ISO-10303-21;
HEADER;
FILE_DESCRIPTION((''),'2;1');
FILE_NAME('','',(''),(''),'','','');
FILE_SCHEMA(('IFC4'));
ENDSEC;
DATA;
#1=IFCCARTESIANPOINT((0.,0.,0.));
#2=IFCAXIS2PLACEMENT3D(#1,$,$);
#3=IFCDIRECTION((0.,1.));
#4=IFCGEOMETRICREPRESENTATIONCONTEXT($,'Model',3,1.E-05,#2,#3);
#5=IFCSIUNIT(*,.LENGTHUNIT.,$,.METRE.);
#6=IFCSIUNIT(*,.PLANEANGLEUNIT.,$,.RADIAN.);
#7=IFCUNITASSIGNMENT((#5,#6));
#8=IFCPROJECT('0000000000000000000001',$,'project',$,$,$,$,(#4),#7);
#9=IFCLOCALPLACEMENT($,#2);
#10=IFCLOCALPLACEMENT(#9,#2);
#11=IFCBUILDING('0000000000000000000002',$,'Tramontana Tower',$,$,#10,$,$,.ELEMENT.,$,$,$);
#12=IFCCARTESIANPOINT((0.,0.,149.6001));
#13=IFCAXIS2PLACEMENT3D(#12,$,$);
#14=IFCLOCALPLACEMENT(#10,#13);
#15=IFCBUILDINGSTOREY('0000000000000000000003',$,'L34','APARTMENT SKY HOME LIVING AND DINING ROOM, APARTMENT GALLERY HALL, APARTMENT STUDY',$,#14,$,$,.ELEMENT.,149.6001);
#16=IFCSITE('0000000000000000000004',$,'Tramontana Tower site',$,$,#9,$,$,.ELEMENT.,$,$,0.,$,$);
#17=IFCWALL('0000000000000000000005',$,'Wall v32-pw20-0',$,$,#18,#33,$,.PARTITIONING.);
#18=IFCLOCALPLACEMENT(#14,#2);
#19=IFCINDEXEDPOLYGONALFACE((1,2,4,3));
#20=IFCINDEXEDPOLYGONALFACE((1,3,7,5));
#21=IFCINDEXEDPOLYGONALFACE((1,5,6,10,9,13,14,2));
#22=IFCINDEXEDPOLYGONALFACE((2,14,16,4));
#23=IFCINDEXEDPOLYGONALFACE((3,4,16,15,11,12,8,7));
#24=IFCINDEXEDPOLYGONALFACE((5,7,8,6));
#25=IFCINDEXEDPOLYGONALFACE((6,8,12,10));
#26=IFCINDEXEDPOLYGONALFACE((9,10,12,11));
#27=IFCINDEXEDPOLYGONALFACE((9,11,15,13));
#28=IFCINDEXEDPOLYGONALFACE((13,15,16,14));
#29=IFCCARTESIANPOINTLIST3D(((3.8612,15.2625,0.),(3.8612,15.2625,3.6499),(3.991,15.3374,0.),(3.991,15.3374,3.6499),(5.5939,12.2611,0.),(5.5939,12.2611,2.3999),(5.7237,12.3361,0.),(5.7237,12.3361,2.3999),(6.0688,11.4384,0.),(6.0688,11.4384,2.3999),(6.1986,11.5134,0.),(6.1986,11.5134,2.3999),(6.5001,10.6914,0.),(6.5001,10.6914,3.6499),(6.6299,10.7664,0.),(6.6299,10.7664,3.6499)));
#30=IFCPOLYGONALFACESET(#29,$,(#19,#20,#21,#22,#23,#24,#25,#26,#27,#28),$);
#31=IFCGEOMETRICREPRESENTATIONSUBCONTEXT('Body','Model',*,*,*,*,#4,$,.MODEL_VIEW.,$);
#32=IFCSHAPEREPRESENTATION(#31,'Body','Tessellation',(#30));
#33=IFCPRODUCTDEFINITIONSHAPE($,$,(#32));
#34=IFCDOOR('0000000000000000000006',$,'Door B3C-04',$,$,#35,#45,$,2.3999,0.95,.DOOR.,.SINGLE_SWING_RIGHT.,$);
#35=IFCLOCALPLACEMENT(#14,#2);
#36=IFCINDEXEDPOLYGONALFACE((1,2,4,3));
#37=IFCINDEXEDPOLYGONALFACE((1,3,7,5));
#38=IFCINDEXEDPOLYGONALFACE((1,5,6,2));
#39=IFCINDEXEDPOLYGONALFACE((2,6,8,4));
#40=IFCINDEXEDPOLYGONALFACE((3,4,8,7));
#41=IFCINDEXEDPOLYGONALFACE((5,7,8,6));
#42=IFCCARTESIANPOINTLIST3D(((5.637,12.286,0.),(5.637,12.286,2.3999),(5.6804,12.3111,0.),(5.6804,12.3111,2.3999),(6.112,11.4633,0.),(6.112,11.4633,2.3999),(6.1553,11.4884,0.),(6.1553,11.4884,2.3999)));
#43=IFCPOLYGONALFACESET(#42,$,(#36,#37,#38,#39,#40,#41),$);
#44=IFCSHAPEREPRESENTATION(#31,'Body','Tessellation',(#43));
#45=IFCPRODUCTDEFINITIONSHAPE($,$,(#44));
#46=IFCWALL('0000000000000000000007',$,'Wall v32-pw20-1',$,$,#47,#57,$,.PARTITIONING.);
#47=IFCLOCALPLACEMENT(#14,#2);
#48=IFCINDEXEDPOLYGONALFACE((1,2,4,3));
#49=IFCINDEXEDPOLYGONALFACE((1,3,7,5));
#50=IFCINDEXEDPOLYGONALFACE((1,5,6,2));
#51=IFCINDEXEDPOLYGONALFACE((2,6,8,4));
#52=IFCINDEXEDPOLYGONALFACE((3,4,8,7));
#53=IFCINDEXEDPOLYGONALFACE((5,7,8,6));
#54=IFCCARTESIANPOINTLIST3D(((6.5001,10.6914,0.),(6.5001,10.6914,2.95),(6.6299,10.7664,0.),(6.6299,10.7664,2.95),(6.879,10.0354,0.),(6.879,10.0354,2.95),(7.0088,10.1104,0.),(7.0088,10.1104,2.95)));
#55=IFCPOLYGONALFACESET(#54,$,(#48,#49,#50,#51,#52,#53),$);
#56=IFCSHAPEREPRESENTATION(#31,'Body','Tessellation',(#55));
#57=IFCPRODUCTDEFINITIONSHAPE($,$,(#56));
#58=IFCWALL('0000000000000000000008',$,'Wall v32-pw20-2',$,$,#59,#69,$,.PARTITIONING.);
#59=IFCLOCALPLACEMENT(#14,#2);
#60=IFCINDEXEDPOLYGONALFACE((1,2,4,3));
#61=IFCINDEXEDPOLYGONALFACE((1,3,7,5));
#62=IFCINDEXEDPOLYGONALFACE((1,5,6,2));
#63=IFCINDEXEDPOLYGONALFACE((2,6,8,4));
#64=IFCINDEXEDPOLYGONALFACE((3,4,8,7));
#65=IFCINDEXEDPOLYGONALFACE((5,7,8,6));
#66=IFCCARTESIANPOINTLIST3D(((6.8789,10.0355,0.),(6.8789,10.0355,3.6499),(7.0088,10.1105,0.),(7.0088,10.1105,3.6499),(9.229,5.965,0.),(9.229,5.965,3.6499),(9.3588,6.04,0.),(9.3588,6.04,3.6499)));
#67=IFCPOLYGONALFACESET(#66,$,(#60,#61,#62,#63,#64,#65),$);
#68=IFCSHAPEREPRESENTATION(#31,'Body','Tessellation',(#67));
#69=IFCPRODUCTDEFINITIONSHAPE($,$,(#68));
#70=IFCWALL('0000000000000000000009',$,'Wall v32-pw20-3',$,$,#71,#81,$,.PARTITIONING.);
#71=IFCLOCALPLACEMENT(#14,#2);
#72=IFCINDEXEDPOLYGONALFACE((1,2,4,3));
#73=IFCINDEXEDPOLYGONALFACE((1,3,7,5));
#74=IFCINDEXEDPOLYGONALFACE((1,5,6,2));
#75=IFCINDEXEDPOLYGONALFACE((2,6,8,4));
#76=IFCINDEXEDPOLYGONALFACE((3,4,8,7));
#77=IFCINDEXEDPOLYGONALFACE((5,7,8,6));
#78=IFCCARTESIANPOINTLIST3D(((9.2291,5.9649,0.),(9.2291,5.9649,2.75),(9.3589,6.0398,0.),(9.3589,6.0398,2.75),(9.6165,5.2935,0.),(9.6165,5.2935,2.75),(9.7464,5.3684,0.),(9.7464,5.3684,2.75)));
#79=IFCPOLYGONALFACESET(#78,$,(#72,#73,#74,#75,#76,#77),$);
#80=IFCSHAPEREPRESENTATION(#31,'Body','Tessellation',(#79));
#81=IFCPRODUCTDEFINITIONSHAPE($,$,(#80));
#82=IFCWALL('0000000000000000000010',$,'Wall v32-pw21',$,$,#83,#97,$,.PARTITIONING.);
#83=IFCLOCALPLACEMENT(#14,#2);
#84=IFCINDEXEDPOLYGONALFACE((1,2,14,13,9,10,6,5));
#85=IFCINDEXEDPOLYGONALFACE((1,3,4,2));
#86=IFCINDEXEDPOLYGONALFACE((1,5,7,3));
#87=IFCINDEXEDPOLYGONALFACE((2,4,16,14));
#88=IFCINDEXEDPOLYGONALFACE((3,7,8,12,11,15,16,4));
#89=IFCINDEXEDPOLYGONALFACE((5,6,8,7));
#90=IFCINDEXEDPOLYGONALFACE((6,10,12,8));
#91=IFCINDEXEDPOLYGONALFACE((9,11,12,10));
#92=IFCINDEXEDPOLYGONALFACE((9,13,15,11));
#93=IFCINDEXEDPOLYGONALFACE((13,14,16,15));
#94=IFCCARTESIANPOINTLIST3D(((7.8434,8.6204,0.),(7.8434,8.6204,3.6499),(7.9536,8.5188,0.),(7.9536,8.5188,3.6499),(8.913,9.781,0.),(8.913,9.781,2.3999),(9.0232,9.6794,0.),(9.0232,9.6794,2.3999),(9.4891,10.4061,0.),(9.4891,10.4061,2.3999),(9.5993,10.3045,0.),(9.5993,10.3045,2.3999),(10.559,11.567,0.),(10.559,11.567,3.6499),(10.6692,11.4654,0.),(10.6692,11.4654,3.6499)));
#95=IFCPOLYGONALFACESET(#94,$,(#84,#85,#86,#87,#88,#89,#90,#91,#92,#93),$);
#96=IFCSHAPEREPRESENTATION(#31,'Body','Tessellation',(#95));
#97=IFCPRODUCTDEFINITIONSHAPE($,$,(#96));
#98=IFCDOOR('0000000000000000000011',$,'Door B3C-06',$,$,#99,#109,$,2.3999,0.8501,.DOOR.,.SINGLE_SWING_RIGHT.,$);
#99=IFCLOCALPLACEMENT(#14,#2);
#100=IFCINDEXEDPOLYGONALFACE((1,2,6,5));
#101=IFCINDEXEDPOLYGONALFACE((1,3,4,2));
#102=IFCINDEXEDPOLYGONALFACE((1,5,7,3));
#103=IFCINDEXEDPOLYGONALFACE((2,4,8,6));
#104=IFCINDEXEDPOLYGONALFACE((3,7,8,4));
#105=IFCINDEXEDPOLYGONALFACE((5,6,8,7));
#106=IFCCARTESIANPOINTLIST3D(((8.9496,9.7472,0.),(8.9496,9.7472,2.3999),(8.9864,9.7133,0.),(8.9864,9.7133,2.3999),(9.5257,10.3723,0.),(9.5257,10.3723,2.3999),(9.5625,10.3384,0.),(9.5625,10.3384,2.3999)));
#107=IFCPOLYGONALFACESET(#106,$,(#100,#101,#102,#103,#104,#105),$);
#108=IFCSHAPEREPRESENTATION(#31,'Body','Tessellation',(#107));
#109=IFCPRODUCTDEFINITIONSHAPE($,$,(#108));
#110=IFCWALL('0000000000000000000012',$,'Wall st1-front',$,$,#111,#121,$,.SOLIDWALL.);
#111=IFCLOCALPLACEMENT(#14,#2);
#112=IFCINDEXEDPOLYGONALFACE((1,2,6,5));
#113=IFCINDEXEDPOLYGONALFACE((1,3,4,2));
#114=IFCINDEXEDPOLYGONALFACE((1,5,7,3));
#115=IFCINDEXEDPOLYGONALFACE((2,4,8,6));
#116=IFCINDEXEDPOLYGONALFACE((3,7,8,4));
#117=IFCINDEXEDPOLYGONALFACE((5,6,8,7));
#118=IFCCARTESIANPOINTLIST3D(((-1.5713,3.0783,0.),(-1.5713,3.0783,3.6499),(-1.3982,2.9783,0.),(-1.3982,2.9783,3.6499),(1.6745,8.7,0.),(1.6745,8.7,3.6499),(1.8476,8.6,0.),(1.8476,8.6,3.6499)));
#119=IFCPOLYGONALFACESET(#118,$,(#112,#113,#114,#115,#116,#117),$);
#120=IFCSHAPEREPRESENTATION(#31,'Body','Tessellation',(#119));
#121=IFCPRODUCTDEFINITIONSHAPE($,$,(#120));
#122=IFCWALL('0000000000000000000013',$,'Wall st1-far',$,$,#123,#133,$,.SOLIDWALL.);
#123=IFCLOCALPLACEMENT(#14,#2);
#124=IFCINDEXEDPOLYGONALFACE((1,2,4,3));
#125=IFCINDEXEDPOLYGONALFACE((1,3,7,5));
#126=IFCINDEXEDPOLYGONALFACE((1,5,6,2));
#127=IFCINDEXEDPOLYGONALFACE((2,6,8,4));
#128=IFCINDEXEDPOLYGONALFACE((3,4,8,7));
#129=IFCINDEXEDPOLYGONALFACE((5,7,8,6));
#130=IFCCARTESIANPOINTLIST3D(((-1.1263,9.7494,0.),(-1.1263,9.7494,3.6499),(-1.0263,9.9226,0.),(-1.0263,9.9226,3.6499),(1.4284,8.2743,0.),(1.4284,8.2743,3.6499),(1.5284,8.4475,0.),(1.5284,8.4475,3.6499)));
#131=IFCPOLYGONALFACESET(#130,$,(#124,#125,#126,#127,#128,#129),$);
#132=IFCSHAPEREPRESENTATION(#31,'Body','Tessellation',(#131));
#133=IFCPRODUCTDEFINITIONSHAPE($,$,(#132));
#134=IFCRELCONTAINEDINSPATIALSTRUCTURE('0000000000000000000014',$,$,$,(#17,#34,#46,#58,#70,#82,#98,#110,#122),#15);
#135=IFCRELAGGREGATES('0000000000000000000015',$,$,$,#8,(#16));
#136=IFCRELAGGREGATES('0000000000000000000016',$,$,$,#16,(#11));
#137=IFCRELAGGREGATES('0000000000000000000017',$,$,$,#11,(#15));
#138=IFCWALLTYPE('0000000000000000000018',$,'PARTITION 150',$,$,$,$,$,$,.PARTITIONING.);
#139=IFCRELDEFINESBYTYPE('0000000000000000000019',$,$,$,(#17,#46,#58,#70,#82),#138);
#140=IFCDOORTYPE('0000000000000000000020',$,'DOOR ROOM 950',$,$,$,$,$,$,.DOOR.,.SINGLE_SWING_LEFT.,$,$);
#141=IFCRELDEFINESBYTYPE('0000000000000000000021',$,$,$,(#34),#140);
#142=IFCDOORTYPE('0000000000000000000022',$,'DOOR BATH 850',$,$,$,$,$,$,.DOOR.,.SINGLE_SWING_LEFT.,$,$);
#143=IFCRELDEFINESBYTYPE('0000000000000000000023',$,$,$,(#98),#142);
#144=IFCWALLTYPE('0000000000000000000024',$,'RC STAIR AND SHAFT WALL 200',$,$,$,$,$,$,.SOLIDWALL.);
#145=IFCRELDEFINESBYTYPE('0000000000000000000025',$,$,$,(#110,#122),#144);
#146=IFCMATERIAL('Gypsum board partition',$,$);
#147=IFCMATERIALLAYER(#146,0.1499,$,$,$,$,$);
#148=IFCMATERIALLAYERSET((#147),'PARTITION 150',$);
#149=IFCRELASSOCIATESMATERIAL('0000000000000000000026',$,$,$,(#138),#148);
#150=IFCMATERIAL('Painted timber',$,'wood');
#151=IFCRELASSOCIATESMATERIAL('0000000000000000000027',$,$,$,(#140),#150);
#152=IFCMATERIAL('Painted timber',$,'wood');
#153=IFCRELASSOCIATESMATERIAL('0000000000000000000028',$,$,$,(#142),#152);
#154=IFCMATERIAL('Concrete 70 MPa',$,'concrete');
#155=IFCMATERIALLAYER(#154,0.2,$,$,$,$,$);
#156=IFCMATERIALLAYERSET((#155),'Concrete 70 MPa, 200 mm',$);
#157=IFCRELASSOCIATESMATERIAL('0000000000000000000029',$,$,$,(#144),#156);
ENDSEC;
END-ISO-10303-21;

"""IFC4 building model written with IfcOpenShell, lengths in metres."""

from ifc_helpers import new_model, si_unit, direction, frame, frame_2d, origin, place, context, subcontext, project, spatial, rectangle, extrude, material, layer, layer_set, type_object, element, fill, save


model = new_model("IFC4")

# Units and contexts
model_context = context("Model", 3, precision=1e-05, world=origin(), true_north=direction((0.0, 1.0)))
body_context = subcontext(model_context, "Body", "Model", "MODEL_VIEW")
ifc_project = project(units=[si_unit("LENGTHUNIT", "METRE"), si_unit("PLANEANGLEUNIT", "RADIAN")], contexts=[model_context])

# Site, building, storey
site_placement = place(None, origin())
site = spatial("IfcSite", under=ifc_project, at=site_placement, Name="Tramontana Tower site", CompositionType="ELEMENT", RefElevation=0.0)
building_placement = place(site_placement, origin())
building = spatial("IfcBuilding", under=site, at=building_placement, Name="Tramontana Tower", CompositionType="ELEMENT")
storey_placement = place(building_placement, frame((0.0, 0.0, 149.6001)))
storey = spatial("IfcBuildingStorey", under=building, at=storey_placement, Name="L34", Description="APARTMENT SKY HOME LIVING AND DINING ROOM, APARTMENT GALLERY HALL, APARTMENT STUDY", CompositionType="ELEMENT", Elevation=149.6001)

# Shared definitions
ifc_material_1 = material(Name="Gypsum board partition")
ifc_layer_1 = layer(ifc_material_1, 0.1499)
ifc_layer_set_1 = layer_set([ifc_layer_1], Name="PARTITION 150")
wall_type_1 = type_object("IfcWallType", Name="PARTITION 150", PredefinedType="PARTITIONING", material=ifc_layer_set_1)

# Wall, opening, door
wall_1_placement = place(storey_placement, frame((3.926, 15.3, 0.0), z_axis=(0.0, 0.0, 1.0), x_axis=(0.499975, -0.86604, 0.0)))
wall_1 = element("IfcWall", 1, at=wall_1_placement, inside=storey, type_object=wall_type_1, Name="Wall v32-pw20-0", PredefinedType="PARTITIONING", context=body_context, shape_type="SweptSolid", body=[
    extrude(rectangle(XDim=5.2781, YDim=0.1499, at=frame_2d((2.6392, 0.0))), origin(), (0.0, 0.0, 1.0), 3.6499),
])
opening_1_placement = place(wall_1_placement, frame((3.4656, 0.0, 0.0)))
opening_1 = element("IfcOpeningElement", 2, at=opening_1_placement, cuts=wall_1, PredefinedType="OPENING", context=body_context, shape_type="SweptSolid", body=[
    extrude(rectangle(XDim=0.95, YDim=2.3999, at=frame_2d((0.4751, 1.2))), frame((0.0, 0.085, 0.0), z_axis=(0.0, -1.0, 0.0), x_axis=(1.0, 0.0, 0.0)), (0.0, 0.0, 1.0), 0.1699),
])
ifc_material_2 = material(Name="Painted timber", Category="wood")
door_type_1 = type_object("IfcDoorType", Name="DOOR ROOM 950", OperationType="SINGLE_SWING_LEFT", PredefinedType="DOOR", material=ifc_material_2)
door_1_placement = place(opening_1_placement, origin())
door_1 = element("IfcDoor", 3, at=door_1_placement, inside=storey, type_object=door_type_1, Name="Door B3C-04", OperationType="SINGLE_SWING_RIGHT", OverallHeight=2.3999, OverallWidth=0.95, PredefinedType="DOOR", context=body_context, shape_type="SweptSolid", body=[
    extrude(rectangle(XDim=0.95, YDim=2.3999, at=frame_2d((0.4751, 1.2))), frame((0.0, 0.0249, 0.0), z_axis=(0.0, -1.0, 0.0), x_axis=(1.0, 0.0, 0.0)), (0.0, 0.0, 1.0), 0.05),
])
fill(opening_1, door_1)

# Walls
wall_2_placement = place(storey_placement, frame((6.5649, 10.729, 0.0), z_axis=(0.0, 0.0, 1.0), x_axis=(0.500159, -0.865933, 0.0)))
element("IfcWall", 4, at=wall_2_placement, inside=storey, type_object=wall_type_1, Name="Wall v32-pw20-1", PredefinedType="PARTITIONING", context=body_context, shape_type="SweptSolid", body=[
    extrude(rectangle(XDim=0.7576, YDim=0.1499, at=frame_2d((0.3789, 0.0))), origin(), (0.0, 0.0, 1.0), 2.95),
])
wall_3_placement = place(storey_placement, frame((6.9438, 10.073, 0.0), z_axis=(0.0, 0.0, 1.0), x_axis=(0.499994, -0.866029, 0.0)))
element("IfcWall", 5, at=wall_3_placement, inside=storey, type_object=wall_type_1, Name="Wall v32-pw20-2", PredefinedType="PARTITIONING", context=body_context, shape_type="SweptSolid", body=[
    extrude(rectangle(XDim=4.7002, YDim=0.1499, at=frame_2d((2.3501, 0.0))), origin(), (0.0, 0.0, 1.0), 3.6499),
])
wall_4_placement = place(storey_placement, frame((9.2939, 6.0024, 0.0), z_axis=(0.0, 0.0, 1.0), x_axis=(0.499832, -0.866123, 0.0)))
element("IfcWall", 6, at=wall_4_placement, inside=storey, type_object=wall_type_1, Name="Wall v32-pw20-3", PredefinedType="PARTITIONING", context=body_context, shape_type="SweptSolid", body=[
    extrude(rectangle(XDim=0.7751, YDim=0.1499, at=frame_2d((0.3877, 0.0))), origin(), (0.0, 0.0, 1.0), 2.75),
])

# Wall, opening, door
wall_5_placement = place(storey_placement, frame((10.614, 11.5161, 0.0), z_axis=(0.0, 0.0, 1.0), x_axis=(-0.6777, -0.735338, 0.0)))
wall_5 = element("IfcWall", 7, at=wall_5_placement, inside=storey, type_object=wall_type_1, Name="Wall v32-pw21", PredefinedType="PARTITIONING", context=body_context, shape_type="SweptSolid", body=[
    extrude(rectangle(XDim=4.0071, YDim=0.1499, at=frame_2d((2.0034, 0.0))), origin(), (0.0, 0.0, 1.0), 3.6499),
])
opening_2_placement = place(wall_5_placement, frame((1.5786, 0.0, 0.0)))
opening_2 = element("IfcOpeningElement", 8, at=opening_2_placement, cuts=wall_5, PredefinedType="OPENING", context=body_context, shape_type="SweptSolid", body=[
    extrude(rectangle(XDim=0.8501, YDim=2.3999, at=frame_2d((0.425, 1.2))), frame((0.0, 0.085, 0.0), z_axis=(0.0, -1.0, 0.0), x_axis=(1.0, 0.0, 0.0)), (0.0, 0.0, 1.0), 0.1699),
])
ifc_material_3 = material(Name="Painted timber", Category="wood")
door_type_2 = type_object("IfcDoorType", Name="DOOR BATH 850", OperationType="SINGLE_SWING_LEFT", PredefinedType="DOOR", material=ifc_material_3)
door_2_placement = place(opening_2_placement, origin())
door_2 = element("IfcDoor", 9, at=door_2_placement, inside=storey, type_object=door_type_2, Name="Door B3C-06", OperationType="SINGLE_SWING_RIGHT", OverallHeight=2.3999, OverallWidth=0.8501, PredefinedType="DOOR", context=body_context, shape_type="SweptSolid", body=[
    extrude(rectangle(XDim=0.8501, YDim=2.3999, at=frame_2d((0.425, 1.2))), frame((0.0, 0.0249, 0.0), z_axis=(0.0, -1.0, 0.0), x_axis=(1.0, 0.0, 0.0)), (0.0, 0.0, 1.0), 0.05),
])
fill(opening_2, door_2)

# Walls
ifc_material_4 = material(Name="Concrete 70 MPa", Category="concrete")
ifc_layer_2 = layer(ifc_material_4, 0.2)
ifc_layer_set_2 = layer_set([ifc_layer_2], Name="Concrete 70 MPa, 200 mm")
wall_type_2 = type_object("IfcWallType", Name="RC STAIR AND SHAFT WALL 200", PredefinedType="SOLIDWALL", material=ifc_layer_set_2)
wall_6_placement = place(storey_placement, frame((1.761, 8.6499, 0.0), z_axis=(0.0, 0.0, 1.0), x_axis=(-0.50001, -0.86602, 0.0)))
element("IfcWall", 10, at=wall_6_placement, inside=storey, type_object=wall_type_2, Name="Wall st1-front", PredefinedType="SOLIDWALL", context=body_context, shape_type="SweptSolid", body=[
    extrude(rectangle(XDim=6.4915, YDim=0.2, at=frame_2d((3.2456, 0.0))), origin(), (0.0, 0.0, 1.0), 3.6499),
])
wall_7_placement = place(storey_placement, frame((1.4785, 8.3608, 0.0), z_axis=(0.0, 0.0, 1.0), x_axis=(-0.866004, 0.500038, 0.0)))
element("IfcWall", 11, at=wall_7_placement, inside=storey, type_object=wall_type_2, Name="Wall st1-far", PredefinedType="SOLIDWALL", context=body_context, shape_type="SweptSolid", body=[
    extrude(rectangle(XDim=2.95, YDim=0.2, at=frame_2d((1.4751, 0.0))), origin(), (0.0, 0.0, 1.0), 3.6499),
])

save(model, "model.ifc")
